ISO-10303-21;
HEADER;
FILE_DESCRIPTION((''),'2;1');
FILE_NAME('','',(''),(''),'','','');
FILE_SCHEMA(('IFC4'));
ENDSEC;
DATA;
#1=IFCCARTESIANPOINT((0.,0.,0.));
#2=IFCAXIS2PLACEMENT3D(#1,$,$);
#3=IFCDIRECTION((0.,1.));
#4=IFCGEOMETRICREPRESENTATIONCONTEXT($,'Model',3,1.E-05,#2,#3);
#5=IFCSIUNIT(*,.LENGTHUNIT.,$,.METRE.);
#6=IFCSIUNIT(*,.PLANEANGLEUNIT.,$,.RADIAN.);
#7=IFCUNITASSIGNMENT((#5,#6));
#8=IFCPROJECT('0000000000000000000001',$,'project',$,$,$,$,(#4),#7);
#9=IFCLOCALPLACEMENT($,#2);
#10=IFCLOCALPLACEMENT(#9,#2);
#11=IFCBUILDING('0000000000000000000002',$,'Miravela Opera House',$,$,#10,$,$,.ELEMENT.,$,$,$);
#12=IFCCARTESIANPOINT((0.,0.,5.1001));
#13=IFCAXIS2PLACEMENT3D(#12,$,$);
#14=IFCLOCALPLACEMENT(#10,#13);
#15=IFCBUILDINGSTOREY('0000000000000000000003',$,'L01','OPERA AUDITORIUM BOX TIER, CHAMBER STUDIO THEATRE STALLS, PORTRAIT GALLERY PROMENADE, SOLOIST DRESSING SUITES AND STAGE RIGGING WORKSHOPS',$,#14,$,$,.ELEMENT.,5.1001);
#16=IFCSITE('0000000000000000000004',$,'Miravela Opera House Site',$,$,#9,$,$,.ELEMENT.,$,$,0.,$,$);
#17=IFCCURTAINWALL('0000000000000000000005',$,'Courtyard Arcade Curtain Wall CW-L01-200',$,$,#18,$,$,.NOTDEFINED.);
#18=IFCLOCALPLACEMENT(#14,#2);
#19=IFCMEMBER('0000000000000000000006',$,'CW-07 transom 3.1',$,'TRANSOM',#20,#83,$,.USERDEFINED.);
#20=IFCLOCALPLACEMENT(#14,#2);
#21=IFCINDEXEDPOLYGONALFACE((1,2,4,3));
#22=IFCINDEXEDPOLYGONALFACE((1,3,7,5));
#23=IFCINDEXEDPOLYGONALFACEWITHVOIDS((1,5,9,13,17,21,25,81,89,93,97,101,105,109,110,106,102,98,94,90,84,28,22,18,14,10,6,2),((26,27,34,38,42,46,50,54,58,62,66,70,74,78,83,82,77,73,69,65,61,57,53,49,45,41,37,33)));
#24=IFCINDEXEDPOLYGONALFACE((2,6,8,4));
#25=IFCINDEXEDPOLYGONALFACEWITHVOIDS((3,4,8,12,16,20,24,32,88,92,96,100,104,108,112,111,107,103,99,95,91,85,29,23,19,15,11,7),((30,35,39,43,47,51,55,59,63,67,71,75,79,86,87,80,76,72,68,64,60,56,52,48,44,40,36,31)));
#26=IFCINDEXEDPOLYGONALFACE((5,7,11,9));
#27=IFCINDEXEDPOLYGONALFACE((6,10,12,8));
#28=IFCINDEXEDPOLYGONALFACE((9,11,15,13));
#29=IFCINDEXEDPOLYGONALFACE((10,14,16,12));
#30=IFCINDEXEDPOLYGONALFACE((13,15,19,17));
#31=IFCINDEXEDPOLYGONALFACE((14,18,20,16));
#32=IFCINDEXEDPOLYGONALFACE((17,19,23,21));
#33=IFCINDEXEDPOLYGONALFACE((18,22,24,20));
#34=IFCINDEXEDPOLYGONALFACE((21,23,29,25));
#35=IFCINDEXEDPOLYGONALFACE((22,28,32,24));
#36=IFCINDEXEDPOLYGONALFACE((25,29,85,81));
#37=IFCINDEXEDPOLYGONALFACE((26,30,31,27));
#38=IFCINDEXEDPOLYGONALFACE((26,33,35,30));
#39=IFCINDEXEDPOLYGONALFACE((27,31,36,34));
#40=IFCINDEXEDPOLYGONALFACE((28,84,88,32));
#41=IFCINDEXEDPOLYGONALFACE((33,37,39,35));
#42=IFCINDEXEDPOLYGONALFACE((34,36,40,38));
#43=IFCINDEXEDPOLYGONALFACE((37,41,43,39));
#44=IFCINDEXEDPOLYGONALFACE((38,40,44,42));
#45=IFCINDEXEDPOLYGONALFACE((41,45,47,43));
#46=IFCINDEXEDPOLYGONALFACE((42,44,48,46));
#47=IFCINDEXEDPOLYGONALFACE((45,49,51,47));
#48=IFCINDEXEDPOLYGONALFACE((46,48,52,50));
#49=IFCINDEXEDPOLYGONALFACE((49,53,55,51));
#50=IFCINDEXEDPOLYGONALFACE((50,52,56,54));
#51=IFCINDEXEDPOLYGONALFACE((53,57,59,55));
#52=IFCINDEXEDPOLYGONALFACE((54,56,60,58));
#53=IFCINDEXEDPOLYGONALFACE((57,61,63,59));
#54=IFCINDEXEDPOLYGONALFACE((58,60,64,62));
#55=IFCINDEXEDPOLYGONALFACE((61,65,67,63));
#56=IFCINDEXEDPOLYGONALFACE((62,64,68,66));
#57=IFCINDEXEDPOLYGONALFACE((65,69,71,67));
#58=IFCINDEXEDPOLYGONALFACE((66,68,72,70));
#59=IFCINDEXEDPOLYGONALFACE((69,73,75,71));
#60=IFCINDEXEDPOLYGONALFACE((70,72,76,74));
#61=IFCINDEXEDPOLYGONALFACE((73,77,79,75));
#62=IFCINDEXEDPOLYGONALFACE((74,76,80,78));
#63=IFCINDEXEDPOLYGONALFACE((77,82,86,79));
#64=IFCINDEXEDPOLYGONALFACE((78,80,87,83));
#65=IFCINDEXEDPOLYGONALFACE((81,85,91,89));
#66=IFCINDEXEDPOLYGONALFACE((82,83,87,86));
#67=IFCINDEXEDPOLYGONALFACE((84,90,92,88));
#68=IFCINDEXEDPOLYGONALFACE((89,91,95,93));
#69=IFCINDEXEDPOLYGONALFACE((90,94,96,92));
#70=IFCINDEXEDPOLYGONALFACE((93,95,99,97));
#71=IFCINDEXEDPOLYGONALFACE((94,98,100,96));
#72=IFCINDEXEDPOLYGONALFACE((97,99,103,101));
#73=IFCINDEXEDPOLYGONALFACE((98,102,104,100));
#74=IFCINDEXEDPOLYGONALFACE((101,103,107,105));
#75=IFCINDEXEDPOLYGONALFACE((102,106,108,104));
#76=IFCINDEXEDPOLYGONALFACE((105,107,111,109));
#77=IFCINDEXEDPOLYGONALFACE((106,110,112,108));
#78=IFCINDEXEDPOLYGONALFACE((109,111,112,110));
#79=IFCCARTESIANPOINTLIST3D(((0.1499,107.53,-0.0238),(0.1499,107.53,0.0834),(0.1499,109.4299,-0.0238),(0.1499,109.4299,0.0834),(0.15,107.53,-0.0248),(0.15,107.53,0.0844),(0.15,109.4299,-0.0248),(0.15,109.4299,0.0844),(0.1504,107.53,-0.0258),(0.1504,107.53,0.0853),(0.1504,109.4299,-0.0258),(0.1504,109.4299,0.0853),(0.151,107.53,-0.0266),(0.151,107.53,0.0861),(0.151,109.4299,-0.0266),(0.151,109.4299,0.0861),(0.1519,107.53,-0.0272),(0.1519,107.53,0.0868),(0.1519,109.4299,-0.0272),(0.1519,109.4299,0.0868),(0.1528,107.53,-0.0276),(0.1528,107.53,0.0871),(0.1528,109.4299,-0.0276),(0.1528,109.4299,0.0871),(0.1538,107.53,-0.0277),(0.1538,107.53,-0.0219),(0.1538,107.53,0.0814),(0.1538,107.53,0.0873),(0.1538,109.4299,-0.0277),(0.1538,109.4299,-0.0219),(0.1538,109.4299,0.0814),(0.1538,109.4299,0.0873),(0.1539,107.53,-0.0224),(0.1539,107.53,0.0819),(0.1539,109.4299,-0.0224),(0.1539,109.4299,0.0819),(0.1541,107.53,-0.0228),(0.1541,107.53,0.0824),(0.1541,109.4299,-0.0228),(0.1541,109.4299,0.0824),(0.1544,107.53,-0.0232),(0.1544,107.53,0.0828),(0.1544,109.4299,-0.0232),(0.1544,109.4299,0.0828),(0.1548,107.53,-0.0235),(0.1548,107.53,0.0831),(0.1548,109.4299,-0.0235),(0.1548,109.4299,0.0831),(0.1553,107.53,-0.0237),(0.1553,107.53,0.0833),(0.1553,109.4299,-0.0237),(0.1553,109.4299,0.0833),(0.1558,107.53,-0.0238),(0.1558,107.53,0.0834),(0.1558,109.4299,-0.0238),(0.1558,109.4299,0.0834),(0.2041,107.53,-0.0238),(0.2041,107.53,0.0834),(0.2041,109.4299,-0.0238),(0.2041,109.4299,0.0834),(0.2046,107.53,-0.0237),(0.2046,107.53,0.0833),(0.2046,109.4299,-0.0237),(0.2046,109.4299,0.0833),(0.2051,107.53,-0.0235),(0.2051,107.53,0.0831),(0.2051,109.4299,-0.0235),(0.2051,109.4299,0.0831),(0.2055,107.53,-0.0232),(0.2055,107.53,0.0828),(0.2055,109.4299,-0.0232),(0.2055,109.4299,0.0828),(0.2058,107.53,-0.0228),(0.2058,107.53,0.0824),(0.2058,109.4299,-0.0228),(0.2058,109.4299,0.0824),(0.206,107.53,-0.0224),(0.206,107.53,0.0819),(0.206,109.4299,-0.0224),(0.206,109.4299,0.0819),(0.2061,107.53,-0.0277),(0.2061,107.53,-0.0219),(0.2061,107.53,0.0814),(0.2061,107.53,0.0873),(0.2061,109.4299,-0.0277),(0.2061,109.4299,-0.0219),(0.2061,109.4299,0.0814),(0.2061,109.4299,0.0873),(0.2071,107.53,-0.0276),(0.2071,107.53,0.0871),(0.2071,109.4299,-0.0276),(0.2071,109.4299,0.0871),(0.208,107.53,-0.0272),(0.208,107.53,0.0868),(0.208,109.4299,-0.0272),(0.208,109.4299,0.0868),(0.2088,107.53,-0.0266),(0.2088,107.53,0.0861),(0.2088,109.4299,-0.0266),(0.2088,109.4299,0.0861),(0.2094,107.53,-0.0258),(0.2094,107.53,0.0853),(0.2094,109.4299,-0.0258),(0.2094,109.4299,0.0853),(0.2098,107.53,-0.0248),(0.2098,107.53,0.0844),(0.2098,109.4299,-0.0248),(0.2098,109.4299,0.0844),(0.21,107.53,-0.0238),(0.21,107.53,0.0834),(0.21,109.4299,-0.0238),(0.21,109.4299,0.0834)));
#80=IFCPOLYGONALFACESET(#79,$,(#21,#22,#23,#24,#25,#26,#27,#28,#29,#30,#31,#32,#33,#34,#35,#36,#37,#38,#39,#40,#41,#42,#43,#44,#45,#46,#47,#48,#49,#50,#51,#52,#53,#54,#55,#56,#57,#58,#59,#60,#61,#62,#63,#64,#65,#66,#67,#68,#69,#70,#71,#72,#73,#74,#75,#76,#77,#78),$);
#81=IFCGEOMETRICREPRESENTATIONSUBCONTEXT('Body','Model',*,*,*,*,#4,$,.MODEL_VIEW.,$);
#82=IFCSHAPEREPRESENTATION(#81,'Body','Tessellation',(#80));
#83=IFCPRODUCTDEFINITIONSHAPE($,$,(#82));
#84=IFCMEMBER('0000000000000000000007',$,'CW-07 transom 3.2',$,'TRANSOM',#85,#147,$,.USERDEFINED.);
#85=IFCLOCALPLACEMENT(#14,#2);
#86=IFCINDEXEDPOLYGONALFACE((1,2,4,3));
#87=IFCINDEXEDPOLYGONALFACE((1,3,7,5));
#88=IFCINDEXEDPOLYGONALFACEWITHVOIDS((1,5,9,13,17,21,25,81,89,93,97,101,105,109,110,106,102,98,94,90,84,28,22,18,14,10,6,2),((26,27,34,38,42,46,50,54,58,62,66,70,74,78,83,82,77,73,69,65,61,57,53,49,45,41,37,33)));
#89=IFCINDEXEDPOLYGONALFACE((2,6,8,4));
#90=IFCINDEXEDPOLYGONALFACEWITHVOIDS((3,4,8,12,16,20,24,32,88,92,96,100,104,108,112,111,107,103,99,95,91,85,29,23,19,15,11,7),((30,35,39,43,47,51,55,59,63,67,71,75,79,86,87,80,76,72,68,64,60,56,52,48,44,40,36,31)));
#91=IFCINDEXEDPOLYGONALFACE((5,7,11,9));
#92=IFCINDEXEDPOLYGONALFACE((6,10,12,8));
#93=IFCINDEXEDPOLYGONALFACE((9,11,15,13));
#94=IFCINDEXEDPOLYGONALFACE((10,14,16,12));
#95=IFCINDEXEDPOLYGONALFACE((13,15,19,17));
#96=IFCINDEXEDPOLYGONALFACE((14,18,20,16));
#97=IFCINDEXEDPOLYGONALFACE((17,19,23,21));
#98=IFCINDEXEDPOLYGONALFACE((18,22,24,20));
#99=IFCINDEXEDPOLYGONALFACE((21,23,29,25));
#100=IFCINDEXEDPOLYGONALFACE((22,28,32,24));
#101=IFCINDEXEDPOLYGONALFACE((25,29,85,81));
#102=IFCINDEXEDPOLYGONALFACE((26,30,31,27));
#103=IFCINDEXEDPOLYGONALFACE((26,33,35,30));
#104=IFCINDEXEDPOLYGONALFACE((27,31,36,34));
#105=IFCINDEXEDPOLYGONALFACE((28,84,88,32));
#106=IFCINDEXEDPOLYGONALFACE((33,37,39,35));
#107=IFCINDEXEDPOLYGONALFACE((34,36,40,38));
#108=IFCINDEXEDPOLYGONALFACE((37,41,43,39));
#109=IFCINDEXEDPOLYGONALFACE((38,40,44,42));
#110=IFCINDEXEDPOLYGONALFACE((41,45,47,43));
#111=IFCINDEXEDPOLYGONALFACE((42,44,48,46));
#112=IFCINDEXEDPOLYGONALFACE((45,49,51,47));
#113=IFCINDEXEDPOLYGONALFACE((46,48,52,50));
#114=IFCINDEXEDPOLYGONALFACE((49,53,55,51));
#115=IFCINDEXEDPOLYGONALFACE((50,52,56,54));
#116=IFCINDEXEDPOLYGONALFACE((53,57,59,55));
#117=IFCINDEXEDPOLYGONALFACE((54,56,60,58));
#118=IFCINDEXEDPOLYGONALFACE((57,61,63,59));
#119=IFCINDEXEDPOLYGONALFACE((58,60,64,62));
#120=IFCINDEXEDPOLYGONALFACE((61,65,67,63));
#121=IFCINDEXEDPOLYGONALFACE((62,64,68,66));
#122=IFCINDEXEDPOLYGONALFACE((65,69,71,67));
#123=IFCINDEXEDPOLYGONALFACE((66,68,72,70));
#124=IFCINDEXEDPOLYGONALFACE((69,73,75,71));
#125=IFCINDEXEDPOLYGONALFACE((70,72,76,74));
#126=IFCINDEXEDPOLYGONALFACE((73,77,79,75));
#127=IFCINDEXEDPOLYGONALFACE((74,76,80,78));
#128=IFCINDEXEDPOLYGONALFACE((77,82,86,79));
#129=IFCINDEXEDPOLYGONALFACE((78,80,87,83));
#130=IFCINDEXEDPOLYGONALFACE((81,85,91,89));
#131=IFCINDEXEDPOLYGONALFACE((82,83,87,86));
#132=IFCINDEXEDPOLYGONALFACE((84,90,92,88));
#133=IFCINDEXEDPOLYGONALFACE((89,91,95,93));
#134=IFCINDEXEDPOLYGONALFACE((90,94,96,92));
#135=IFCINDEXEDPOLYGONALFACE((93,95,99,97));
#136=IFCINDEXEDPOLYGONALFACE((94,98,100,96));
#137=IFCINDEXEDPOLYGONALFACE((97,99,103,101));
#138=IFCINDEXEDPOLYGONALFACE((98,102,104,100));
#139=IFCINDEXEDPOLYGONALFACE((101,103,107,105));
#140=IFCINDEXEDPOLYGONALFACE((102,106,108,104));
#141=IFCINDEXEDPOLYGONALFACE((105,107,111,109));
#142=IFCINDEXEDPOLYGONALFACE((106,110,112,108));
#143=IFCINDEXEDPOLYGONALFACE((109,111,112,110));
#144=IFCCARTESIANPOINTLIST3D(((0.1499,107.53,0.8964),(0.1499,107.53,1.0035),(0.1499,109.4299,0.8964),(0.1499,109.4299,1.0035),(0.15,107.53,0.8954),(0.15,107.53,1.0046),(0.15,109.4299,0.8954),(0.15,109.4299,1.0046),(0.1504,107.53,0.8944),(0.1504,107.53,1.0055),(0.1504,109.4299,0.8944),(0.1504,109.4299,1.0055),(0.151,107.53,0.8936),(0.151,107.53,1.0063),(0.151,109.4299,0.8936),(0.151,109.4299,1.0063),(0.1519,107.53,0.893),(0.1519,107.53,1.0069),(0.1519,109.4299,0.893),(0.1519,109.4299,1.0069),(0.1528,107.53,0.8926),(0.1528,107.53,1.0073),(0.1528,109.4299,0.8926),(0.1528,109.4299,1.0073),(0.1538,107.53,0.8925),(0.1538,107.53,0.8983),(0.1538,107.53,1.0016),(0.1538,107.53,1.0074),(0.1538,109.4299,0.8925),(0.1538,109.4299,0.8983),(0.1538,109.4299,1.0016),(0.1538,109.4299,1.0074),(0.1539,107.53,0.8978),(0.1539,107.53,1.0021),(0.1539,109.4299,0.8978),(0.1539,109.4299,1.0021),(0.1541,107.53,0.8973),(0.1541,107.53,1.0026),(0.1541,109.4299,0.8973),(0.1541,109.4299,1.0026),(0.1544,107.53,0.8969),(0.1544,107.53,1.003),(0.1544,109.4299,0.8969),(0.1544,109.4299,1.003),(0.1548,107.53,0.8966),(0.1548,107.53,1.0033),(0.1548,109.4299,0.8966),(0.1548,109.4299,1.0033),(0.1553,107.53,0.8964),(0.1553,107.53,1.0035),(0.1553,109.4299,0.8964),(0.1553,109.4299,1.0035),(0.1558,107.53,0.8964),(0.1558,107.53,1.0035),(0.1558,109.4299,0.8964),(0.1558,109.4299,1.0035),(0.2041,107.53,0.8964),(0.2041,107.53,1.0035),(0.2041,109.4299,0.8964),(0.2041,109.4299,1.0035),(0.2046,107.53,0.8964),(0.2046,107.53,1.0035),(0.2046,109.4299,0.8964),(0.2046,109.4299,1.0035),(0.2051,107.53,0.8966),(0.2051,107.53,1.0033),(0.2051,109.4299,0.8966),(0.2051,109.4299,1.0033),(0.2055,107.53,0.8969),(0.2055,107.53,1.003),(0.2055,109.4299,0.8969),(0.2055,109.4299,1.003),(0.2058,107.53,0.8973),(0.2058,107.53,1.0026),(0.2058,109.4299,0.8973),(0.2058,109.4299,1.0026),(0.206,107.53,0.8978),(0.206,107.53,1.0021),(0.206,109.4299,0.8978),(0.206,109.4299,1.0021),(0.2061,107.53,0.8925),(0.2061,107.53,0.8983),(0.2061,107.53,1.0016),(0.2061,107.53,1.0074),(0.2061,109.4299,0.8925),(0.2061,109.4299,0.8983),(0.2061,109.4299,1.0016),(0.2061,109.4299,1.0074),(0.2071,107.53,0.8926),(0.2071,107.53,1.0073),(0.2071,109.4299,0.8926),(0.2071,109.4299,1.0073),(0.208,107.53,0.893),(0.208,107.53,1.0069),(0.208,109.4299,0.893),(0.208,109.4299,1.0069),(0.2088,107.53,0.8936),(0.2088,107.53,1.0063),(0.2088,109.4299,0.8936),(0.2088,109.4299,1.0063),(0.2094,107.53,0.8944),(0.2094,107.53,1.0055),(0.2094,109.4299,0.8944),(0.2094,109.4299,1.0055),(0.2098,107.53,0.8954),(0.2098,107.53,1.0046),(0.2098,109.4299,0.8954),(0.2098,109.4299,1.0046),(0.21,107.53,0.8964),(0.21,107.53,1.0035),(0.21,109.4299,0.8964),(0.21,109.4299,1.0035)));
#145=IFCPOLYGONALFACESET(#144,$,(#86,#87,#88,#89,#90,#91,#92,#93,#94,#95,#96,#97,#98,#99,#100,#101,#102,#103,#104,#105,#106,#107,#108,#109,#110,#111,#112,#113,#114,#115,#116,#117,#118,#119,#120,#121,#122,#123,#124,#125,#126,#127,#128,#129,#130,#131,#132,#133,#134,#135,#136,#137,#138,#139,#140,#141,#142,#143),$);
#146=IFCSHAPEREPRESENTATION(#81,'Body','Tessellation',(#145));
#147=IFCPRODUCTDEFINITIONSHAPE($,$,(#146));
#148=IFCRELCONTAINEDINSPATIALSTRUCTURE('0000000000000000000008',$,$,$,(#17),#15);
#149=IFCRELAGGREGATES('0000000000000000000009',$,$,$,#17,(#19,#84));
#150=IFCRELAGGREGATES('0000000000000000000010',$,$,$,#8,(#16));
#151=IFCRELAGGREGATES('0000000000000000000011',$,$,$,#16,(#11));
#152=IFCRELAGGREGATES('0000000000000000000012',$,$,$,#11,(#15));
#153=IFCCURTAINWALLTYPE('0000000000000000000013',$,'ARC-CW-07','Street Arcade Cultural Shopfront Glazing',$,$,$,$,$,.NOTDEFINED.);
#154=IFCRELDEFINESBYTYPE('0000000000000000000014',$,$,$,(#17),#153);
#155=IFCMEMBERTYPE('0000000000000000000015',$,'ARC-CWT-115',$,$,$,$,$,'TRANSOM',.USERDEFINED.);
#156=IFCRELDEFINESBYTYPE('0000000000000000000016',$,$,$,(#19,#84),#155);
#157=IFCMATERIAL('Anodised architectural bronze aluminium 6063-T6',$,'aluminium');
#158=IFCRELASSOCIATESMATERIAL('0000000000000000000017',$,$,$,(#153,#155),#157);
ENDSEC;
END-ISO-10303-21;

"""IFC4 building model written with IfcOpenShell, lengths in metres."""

from ifc_helpers import new_model, si_unit, direction, frame, origin, origin_2d, place, context, subcontext, project, spatial, hollow_rectangle, extrude, material, material_profile, profile_set, type_object, element, aggregate, save


model = new_model("IFC4")

# Units and contexts
model_context = context("Model", 3, precision=1e-05, world=origin(), true_north=direction((0.0, 1.0)))
body_context = subcontext(model_context, "Body", "Model", "MODEL_VIEW")
ifc_project = project(units=[si_unit("LENGTHUNIT", "METRE"), si_unit("PLANEANGLEUNIT", "RADIAN")], contexts=[model_context])

# Site, building, storey
site_placement = place(None, origin())
site = spatial("IfcSite", under=ifc_project, at=site_placement, Name="Miravela Opera House Site", CompositionType="ELEMENT", RefElevation=0.0)
building_placement = place(site_placement, origin())
building = spatial("IfcBuilding", under=site, at=building_placement, Name="Miravela Opera House", CompositionType="ELEMENT")
storey_placement = place(building_placement, frame((0.0, 0.0, 5.1001)))
storey = spatial("IfcBuildingStorey", under=building, at=storey_placement, Name="L01", Description="OPERA AUDITORIUM BOX TIER, CHAMBER STUDIO THEATRE STALLS, PORTRAIT GALLERY PROMENADE, SOLOIST DRESSING SUITES AND STAGE RIGGING WORKSHOPS", CompositionType="ELEMENT", Elevation=5.1001)

# Curtain wall, members
ifc_material_1 = material(Name="Anodised architectural bronze aluminium 6063-T6", Category="aluminium")
curtain_wall_type = type_object("IfcCurtainWallType", Name="ARC-CW-07", Description="Street Arcade Cultural Shopfront Glazing", PredefinedType="NOTDEFINED", material=ifc_material_1)
curtain_wall_placement = place(storey_placement, origin())
curtain_wall = element("IfcCurtainWall", 1, at=curtain_wall_placement, inside=storey, type_object=curtain_wall_type, Name="Courtyard Arcade Curtain Wall CW-L01-200", PredefinedType="NOTDEFINED")
ifc_material_profile_1 = material_profile(ifc_material_1, hollow_rectangle(XDim=0.0601, YDim=0.115, WallThickness=0.0039, InnerFilletRadius=0.002, OuterFilletRadius=0.0039, at=origin_2d()), Name="CWT-60X115")
ifc_profile_set_1 = profile_set([ifc_material_profile_1])
member_type_1 = type_object("IfcMemberType", Name="ARC-CWT-115", ElementType="TRANSOM", PredefinedType="USERDEFINED", material=ifc_profile_set_1)
member_1_placement = place(storey_placement, frame((0.1799, 107.53, 0.0298), z_axis=(0.0, 1.0, 0.0), x_axis=(-1.0, 0.0, 0.0)))
member_1 = element("IfcMember", 2, at=member_1_placement, type_object=member_type_1, Name="CW-07 transom 3.1", ObjectType="TRANSOM", PredefinedType="USERDEFINED", context=body_context, shape_type="SweptSolid", body=[
    extrude(hollow_rectangle(XDim=0.0601, YDim=0.115, WallThickness=0.0039, InnerFilletRadius=0.002, OuterFilletRadius=0.0039, at=origin_2d()), origin(), (0.0, 0.0, 1.0), 1.8999),
])
member_2_placement = place(storey_placement, frame((0.1799, 107.53, 0.95), z_axis=(0.0, 1.0, 0.0), x_axis=(-1.0, 0.0, 0.0)))
member_2 = element("IfcMember", 3, at=member_2_placement, type_object=member_type_1, Name="CW-07 transom 3.2", ObjectType="TRANSOM", PredefinedType="USERDEFINED", context=body_context, shape_type="SweptSolid", body=[
    extrude(hollow_rectangle(XDim=0.0601, YDim=0.115, WallThickness=0.0039, InnerFilletRadius=0.002, OuterFilletRadius=0.0039, at=origin_2d()), origin(), (0.0, 0.0, 1.0), 1.8999),
])

aggregate(curtain_wall, [member_1, member_2])

save(model, "model.ifc")
